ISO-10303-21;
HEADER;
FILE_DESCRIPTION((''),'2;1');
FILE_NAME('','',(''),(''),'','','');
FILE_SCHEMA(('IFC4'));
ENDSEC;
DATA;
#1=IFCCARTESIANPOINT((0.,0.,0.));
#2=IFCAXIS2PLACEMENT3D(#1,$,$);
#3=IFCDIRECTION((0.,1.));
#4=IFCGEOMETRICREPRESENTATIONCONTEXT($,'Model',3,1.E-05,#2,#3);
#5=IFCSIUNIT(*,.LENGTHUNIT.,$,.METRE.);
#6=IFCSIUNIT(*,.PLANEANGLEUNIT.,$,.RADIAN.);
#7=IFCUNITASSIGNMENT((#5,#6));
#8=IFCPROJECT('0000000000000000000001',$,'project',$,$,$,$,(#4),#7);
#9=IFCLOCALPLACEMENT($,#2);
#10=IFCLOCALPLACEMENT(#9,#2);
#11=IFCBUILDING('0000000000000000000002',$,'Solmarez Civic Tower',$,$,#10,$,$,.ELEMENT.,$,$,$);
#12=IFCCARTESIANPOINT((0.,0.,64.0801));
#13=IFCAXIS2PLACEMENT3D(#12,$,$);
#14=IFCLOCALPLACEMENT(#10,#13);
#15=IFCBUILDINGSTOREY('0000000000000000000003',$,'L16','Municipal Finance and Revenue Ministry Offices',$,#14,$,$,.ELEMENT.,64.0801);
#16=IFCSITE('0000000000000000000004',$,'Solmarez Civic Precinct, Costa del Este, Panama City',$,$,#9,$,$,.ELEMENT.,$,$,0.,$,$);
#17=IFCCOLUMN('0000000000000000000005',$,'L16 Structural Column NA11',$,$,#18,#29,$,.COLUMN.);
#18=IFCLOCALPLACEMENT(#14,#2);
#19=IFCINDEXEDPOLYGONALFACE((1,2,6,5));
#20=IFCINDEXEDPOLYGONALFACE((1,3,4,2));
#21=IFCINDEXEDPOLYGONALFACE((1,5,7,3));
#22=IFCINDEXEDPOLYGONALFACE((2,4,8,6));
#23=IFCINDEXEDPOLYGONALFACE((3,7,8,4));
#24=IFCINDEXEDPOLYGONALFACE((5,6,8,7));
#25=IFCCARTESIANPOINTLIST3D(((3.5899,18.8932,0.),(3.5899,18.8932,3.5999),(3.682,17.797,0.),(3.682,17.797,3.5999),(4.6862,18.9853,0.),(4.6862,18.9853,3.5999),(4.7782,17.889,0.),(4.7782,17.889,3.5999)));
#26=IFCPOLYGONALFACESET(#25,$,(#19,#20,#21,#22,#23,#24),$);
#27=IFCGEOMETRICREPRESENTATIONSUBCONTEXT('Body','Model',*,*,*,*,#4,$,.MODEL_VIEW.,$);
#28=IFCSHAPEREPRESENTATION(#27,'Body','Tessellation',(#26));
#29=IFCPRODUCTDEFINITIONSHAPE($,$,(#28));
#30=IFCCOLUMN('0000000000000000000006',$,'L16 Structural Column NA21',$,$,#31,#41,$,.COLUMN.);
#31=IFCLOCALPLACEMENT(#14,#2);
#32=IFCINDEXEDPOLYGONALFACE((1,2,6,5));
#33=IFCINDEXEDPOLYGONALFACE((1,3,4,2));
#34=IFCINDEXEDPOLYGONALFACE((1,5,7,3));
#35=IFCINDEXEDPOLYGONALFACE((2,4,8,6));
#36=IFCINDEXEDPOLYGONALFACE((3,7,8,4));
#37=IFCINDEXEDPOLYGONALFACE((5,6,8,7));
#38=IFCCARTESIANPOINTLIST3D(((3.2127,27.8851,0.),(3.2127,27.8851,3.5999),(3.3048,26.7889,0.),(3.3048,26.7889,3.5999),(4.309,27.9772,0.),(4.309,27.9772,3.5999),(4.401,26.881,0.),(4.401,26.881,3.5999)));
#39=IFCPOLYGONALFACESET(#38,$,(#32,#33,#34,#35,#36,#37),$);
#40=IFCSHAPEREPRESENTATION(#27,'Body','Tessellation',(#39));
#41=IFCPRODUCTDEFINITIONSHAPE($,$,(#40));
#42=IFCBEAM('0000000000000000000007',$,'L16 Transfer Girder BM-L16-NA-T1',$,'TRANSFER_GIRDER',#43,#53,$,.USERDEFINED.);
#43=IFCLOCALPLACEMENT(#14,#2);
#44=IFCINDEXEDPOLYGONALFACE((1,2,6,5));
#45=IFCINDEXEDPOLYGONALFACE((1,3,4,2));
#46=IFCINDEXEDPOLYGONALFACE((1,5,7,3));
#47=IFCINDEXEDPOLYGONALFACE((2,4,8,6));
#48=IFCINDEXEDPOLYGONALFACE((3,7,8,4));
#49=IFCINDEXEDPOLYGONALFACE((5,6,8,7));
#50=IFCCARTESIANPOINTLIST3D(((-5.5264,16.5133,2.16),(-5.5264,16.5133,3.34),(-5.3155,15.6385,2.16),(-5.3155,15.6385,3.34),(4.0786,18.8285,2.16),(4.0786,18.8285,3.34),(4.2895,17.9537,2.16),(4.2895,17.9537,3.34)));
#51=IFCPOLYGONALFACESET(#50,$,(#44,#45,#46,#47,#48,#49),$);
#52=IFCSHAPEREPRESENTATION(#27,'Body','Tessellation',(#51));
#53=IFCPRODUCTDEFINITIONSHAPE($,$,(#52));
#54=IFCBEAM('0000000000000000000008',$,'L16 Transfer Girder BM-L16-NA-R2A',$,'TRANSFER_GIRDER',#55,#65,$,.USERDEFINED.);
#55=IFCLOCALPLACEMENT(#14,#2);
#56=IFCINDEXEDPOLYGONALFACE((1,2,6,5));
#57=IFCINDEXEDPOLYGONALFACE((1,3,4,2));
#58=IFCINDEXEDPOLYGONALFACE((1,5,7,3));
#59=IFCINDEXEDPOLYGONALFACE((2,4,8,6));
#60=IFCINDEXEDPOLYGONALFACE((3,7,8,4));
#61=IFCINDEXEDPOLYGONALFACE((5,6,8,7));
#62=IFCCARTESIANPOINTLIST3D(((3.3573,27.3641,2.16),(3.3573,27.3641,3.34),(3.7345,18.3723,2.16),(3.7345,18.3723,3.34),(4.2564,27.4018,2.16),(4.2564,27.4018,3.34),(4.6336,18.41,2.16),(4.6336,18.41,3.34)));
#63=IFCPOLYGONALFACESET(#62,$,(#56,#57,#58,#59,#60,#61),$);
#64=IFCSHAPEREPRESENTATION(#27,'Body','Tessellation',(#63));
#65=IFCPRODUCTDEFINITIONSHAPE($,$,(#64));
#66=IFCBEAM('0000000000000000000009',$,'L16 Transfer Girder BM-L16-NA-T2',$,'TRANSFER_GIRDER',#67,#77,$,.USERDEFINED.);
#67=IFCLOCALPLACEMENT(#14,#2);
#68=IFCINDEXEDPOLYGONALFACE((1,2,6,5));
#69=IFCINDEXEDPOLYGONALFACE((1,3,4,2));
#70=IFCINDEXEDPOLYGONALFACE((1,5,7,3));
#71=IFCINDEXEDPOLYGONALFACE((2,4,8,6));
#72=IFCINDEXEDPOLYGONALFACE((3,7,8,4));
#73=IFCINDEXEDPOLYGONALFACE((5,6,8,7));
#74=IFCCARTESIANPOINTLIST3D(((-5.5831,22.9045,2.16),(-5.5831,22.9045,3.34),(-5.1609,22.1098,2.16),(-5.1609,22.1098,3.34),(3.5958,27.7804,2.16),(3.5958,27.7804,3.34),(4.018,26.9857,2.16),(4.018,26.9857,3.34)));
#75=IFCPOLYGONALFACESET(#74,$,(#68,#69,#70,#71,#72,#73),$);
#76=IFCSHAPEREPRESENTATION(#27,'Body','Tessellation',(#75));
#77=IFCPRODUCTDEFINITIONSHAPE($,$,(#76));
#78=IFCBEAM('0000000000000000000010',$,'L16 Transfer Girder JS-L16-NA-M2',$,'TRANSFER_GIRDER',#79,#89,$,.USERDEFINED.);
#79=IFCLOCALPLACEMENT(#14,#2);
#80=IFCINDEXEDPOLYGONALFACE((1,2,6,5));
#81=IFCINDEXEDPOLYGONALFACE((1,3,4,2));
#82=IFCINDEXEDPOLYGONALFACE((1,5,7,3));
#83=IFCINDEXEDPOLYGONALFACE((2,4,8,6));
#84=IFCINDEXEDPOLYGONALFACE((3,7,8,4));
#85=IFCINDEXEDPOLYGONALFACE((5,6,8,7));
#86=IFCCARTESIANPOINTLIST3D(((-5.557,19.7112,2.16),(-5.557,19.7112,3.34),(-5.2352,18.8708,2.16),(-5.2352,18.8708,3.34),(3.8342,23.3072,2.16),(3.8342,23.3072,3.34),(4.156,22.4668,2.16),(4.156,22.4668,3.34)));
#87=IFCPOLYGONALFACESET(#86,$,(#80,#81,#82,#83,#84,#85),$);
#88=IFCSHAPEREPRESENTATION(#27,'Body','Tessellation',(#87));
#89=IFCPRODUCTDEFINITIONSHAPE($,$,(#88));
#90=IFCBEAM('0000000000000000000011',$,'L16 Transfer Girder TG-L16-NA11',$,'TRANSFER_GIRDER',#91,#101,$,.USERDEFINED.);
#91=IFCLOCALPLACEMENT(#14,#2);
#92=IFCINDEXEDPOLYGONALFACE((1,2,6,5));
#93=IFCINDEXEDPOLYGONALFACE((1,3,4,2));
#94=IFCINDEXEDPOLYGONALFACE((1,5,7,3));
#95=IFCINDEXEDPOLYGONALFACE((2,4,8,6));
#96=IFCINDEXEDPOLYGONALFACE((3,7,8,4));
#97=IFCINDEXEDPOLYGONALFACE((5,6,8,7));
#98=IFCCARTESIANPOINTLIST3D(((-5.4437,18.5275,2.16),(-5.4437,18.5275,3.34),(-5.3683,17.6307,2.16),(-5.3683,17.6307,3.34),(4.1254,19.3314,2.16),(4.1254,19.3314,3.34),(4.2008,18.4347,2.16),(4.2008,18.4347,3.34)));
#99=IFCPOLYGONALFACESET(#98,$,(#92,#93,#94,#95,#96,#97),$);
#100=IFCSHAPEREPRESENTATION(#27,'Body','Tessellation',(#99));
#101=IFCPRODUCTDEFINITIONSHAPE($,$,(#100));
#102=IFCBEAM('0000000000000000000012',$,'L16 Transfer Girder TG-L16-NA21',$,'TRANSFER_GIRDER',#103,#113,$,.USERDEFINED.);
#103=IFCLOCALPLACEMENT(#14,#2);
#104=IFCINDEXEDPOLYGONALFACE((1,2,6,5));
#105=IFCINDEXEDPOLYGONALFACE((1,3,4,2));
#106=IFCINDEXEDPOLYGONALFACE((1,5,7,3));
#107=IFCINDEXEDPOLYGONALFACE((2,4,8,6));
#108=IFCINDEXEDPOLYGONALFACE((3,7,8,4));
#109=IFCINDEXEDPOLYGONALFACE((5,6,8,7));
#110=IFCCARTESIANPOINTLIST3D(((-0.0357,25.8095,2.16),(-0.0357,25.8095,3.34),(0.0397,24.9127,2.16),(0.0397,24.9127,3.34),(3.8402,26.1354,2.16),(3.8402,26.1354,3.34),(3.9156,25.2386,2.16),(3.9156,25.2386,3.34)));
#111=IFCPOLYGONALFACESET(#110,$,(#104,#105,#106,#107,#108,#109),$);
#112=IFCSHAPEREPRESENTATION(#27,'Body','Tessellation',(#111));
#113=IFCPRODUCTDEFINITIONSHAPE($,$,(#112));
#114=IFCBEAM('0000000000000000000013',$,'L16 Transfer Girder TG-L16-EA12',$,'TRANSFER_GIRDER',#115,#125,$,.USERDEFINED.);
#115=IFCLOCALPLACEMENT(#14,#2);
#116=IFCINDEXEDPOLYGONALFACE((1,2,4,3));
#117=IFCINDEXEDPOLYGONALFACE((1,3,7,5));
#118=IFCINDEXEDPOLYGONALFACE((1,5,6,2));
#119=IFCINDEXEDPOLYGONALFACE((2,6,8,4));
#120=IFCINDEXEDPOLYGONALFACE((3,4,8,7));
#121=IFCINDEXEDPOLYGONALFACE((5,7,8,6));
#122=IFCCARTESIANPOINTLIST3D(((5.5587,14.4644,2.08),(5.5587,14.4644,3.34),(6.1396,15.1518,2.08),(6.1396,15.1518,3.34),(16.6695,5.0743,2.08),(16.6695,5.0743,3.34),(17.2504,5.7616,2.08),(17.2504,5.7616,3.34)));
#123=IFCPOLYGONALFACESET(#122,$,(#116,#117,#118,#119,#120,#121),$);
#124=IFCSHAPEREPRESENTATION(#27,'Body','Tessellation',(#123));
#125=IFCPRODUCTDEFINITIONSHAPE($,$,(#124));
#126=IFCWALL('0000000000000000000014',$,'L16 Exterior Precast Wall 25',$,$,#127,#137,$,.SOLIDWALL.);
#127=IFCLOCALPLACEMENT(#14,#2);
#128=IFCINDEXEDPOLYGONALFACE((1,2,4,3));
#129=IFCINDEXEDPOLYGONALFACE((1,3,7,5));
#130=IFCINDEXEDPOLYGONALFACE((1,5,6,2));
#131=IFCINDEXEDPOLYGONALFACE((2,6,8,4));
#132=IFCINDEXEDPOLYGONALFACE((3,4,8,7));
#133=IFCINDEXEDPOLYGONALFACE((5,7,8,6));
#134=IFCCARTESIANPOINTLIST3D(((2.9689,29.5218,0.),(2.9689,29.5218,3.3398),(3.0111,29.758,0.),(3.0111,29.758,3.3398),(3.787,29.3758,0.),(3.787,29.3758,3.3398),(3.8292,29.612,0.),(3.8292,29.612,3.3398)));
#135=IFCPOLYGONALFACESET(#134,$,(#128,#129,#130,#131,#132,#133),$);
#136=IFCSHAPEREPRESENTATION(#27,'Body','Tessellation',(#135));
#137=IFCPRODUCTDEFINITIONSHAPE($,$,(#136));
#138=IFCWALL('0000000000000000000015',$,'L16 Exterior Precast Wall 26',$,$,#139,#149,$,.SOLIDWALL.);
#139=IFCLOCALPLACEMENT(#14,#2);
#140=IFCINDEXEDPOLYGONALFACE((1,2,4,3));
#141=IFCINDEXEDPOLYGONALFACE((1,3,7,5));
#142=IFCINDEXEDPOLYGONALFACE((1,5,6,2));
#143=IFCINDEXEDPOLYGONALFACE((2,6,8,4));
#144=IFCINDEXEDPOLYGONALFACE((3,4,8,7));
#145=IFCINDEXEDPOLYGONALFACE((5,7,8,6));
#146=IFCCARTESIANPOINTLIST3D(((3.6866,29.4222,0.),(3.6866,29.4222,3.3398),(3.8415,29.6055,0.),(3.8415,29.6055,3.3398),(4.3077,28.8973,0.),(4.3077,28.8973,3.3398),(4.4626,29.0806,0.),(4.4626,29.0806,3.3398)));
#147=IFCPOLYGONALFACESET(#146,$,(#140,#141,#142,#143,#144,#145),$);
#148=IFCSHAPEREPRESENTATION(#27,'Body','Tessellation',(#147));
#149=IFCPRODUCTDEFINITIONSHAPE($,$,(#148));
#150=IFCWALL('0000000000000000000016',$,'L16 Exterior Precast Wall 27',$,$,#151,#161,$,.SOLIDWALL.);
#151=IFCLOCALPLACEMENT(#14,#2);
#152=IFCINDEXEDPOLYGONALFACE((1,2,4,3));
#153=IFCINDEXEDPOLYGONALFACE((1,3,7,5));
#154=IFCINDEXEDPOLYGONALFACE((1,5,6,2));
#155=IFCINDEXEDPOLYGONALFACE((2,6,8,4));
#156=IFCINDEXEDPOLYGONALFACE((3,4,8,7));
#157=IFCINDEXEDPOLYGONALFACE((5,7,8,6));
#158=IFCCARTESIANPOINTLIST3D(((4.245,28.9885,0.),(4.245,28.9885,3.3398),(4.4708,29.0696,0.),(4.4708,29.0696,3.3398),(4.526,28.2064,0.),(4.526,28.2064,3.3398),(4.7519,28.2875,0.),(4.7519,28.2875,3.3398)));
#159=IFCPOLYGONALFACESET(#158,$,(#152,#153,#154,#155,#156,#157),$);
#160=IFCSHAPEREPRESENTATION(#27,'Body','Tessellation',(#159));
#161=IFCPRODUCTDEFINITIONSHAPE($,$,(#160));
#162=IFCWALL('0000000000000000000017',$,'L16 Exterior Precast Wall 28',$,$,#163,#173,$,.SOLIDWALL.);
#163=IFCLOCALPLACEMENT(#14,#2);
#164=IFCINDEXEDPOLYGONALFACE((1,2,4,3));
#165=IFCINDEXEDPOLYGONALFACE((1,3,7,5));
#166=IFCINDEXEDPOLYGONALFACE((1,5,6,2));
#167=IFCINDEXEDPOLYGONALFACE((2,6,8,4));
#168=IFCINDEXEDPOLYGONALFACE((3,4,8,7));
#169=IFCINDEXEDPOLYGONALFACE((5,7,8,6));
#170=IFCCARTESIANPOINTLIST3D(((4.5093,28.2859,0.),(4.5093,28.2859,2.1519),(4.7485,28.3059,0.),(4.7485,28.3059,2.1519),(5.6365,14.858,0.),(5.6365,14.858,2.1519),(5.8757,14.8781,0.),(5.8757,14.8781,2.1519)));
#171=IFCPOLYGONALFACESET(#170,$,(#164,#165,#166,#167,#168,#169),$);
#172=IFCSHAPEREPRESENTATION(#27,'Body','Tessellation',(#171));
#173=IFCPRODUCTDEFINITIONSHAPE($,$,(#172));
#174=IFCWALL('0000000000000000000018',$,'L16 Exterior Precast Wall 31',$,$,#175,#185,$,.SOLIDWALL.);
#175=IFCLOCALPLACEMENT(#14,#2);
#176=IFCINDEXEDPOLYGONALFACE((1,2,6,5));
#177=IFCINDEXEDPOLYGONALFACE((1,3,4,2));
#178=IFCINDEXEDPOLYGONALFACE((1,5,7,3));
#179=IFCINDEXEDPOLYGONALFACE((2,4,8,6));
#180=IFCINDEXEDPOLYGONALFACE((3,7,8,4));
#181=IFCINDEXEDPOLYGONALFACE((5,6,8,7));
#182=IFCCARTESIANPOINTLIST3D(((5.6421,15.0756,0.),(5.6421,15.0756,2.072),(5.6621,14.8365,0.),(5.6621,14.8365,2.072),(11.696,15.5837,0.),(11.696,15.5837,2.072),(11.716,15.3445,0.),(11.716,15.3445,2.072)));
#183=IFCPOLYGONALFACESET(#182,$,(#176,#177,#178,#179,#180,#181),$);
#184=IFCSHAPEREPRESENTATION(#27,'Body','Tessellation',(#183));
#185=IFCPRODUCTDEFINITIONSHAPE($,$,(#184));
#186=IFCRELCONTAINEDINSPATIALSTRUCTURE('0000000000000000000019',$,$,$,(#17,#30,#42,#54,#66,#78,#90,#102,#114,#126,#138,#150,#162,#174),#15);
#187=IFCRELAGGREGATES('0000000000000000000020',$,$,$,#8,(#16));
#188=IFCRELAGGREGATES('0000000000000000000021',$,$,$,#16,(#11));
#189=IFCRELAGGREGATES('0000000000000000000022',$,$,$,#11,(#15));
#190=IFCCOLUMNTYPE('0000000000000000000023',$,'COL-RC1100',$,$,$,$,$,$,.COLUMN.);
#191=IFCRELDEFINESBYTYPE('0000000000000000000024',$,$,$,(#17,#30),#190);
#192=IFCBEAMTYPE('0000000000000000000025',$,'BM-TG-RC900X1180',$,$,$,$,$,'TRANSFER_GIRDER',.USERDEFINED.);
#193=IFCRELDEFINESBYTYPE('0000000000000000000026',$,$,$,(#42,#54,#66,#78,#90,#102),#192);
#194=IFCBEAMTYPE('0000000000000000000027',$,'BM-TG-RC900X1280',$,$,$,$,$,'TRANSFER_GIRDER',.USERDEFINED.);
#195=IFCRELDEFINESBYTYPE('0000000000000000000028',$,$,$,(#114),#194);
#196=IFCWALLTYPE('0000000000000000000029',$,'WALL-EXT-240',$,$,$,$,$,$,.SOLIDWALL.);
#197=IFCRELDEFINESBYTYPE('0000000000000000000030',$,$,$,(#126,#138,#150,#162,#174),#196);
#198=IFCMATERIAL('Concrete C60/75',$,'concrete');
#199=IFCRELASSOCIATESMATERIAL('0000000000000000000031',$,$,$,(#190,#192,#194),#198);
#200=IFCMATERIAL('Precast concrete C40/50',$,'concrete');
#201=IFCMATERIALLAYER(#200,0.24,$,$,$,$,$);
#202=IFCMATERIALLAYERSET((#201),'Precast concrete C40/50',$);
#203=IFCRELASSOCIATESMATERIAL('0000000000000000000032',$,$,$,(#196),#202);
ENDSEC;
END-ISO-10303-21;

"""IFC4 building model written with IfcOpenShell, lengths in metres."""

from ifc_helpers import new_model, si_unit, direction, frame, frame_2d, origin, origin_2d, place, context, subcontext, project, spatial, rectangle, extrude, material, layer, layer_set, material_profile, profile_set, type_object, element, save


model = new_model("IFC4")

# Units and contexts
model_context = context("Model", 3, precision=1e-05, world=origin(), true_north=direction((0.0, 1.0)))
body_context = subcontext(model_context, "Body", "Model", "MODEL_VIEW")
ifc_project = project(units=[si_unit("LENGTHUNIT", "METRE"), si_unit("PLANEANGLEUNIT", "RADIAN")], contexts=[model_context])

# Site, building, storey
site_placement = place(None, origin())
site = spatial("IfcSite", under=ifc_project, at=site_placement, Name="Solmarez Civic Precinct, Costa del Este, Panama City", CompositionType="ELEMENT", RefElevation=0.0)
building_placement = place(site_placement, origin())
building = spatial("IfcBuilding", under=site, at=building_placement, Name="Solmarez Civic Tower", CompositionType="ELEMENT")
storey_placement = place(building_placement, frame((0.0, 0.0, 64.0801)))
storey = spatial("IfcBuildingStorey", under=building, at=storey_placement, Name="L16", Description="Municipal Finance and Revenue Ministry Offices", CompositionType="ELEMENT", Elevation=64.0801)

# Columns
ifc_material_1 = material(Name="Concrete C60/75", Category="concrete")
ifc_material_profile_1 = material_profile(ifc_material_1, rectangle(XDim=1.1001, YDim=1.1001, at=origin_2d()), Name="RC1100X1100")
ifc_profile_set_1 = profile_set([ifc_material_profile_1], Name="Concrete C60/75")
column_type = type_object("IfcColumnType", Name="COL-RC1100", PredefinedType="COLUMN", material=ifc_profile_set_1)
for number, where, z_axis, x_axis, name in (
    (1, (4.1841, 18.3911, 0.0), (0.0, 0.0, 1.0), (0.996493, 0.083678, 0.0), "L16 Structural Column NA11"),
    (2, (3.8069, 27.3831, 0.0), (0.0, 0.0, 1.0), (0.996493, 0.083678, 0.0), "L16 Structural Column NA21"),
):
    element("IfcColumn", number, at=place(storey_placement, frame(where, z_axis=z_axis, x_axis=x_axis)), inside=storey, type_object=column_type, Name=name, PredefinedType="COLUMN", context=body_context, shape_type="SweptSolid", body=[
        extrude(rectangle(XDim=1.1001, YDim=1.1001, at=origin_2d()), origin(), (0.0, 0.0, 1.0), 3.5999),
    ])

# Beams
ifc_material_profile_2 = material_profile(ifc_material_1, rectangle(XDim=0.8999, YDim=1.1799, at=origin_2d()), Name="RC900X1180")
ifc_profile_set_2 = profile_set([ifc_material_profile_2], Name="Concrete C60/75")
beam_type_1 = type_object("IfcBeamType", Name="BM-TG-RC900X1180", ElementType="TRANSFER_GIRDER", PredefinedType="USERDEFINED", material=ifc_profile_set_2)
beam_1_placement = place(storey_placement, frame((4.1841, 18.3911, 2.75), z_axis=(-0.972157, -0.234329, 0.0), x_axis=(0.234329, -0.972157, 0.0)))
element("IfcBeam", 3, at=beam_1_placement, inside=storey, type_object=beam_type_1, Name="L16 Transfer Girder BM-L16-NA-T1", ObjectType="TRANSFER_GIRDER", PredefinedType="USERDEFINED", context=body_context, shape_type="SweptSolid", body=[
    extrude(rectangle(XDim=0.8999, YDim=1.1799, at=origin_2d()), origin(), (0.0, 0.0, 1.0), 9.8801),
])
beam_2_placement = place(storey_placement, frame((4.1841, 18.3911, 2.75), z_axis=(-0.041911, 0.999121, 0.0), x_axis=(-0.999121, -0.041911, 0.0)))
element("IfcBeam", 4, at=beam_2_placement, inside=storey, type_object=beam_type_1, Name="L16 Transfer Girder BM-L16-NA-R2A", ObjectType="TRANSFER_GIRDER", PredefinedType="USERDEFINED", context=body_context, shape_type="SweptSolid", body=[
    extrude(rectangle(XDim=0.8999, YDim=1.1799, at=origin_2d()), origin(), (0.0, 0.0, 1.0), 8.9998),
])
beam_3_placement = place(storey_placement, frame((3.8069, 27.3831, 2.75), z_axis=(-0.883129, -0.469129, 0.0), x_axis=(0.469129, -0.883129, 0.0)))
element("IfcBeam", 5, at=beam_3_placement, inside=storey, type_object=beam_type_1, Name="L16 Transfer Girder BM-L16-NA-T2", ObjectType="TRANSFER_GIRDER", PredefinedType="USERDEFINED", context=body_context, shape_type="SweptSolid", body=[
    extrude(rectangle(XDim=0.8999, YDim=1.1799, at=origin_2d()), origin(), (0.0, 0.0, 1.0), 10.3936),
])
beam_4_placement = place(storey_placement, frame((3.9951, 22.887, 2.75), z_axis=(-0.933878, -0.357591, 0.0), x_axis=(0.357591, -0.933878, 0.0)))
element("IfcBeam", 6, at=beam_4_placement, inside=storey, type_object=beam_type_1, Name="L16 Transfer Girder JS-L16-NA-M2", ObjectType="TRANSFER_GIRDER", PredefinedType="USERDEFINED", context=body_context, shape_type="SweptSolid", body=[
    extrude(rectangle(XDim=0.8999, YDim=1.1799, at=origin_2d()), origin(), (0.0, 0.0, 1.0), 10.0562),
])
beam_5_placement = place(storey_placement, frame((4.1631, 18.8831, 2.75), z_axis=(-0.996489, -0.083721, 0.0), x_axis=(0.083721, -0.996489, 0.0)))
element("IfcBeam", 7, at=beam_5_placement, inside=storey, type_object=beam_type_1, Name="L16 Transfer Girder TG-L16-NA11", ObjectType="TRANSFER_GIRDER", PredefinedType="USERDEFINED", context=body_context, shape_type="SweptSolid", body=[
    extrude(rectangle(XDim=0.8999, YDim=1.1799, at=origin_2d()), origin(), (0.0, 0.0, 1.0), 9.6028),
])
beam_6_placement = place(storey_placement, frame((3.8779, 25.687, 2.75), z_axis=(-0.996483, -0.083793, 0.0), x_axis=(0.083793, -0.996483, 0.0)))
element("IfcBeam", 8, at=beam_6_placement, inside=storey, type_object=beam_type_1, Name="L16 Transfer Girder TG-L16-NA21", ObjectType="TRANSFER_GIRDER", PredefinedType="USERDEFINED", context=body_context, shape_type="SweptSolid", body=[
    extrude(rectangle(XDim=0.8999, YDim=1.1799, at=origin_2d()), origin(), (0.0, 0.0, 1.0), 3.8896),
])
ifc_material_profile_3 = material_profile(ifc_material_1, rectangle(XDim=0.8999, YDim=1.26, at=origin_2d()), Name="RC900X1280")
ifc_profile_set_3 = profile_set([ifc_material_profile_3], Name="Concrete C60/75")
beam_type_2 = type_object("IfcBeamType", Name="BM-TG-RC900X1280", ElementType="TRANSFER_GIRDER", PredefinedType="USERDEFINED", material=ifc_profile_set_3)
beam_7_placement = place(storey_placement, frame((5.8491, 14.8081, 2.71), z_axis=(0.763771, -0.645488, 0.0), x_axis=(0.645488, 0.763771, 0.0)))
element("IfcBeam", 9, at=beam_7_placement, inside=storey, type_object=beam_type_2, Name="L16 Transfer Girder TG-L16-EA12", ObjectType="TRANSFER_GIRDER", PredefinedType="USERDEFINED", context=body_context, shape_type="SweptSolid", body=[
    extrude(rectangle(XDim=0.8999, YDim=1.26, at=origin_2d()), origin(), (0.0, 0.0, 1.0), 14.5474),
])

# Walls
ifc_material_2 = material(Name="Precast concrete C40/50", Category="concrete")
ifc_layer_1 = layer(ifc_material_2, 0.24)
ifc_layer_set_1 = layer_set([ifc_layer_1], Name="Precast concrete C40/50")
wall_type_1 = type_object("IfcWallType", Name="WALL-EXT-240", PredefinedType="SOLIDWALL", material=ifc_layer_set_1)
wall_1_placement = place(storey_placement, frame((2.99, 29.6399, 0.0), z_axis=(0.0, 0.0, 1.0), x_axis=(0.984448, -0.175679, 0.0)))
element("IfcWall", 10, at=wall_1_placement, inside=storey, type_object=wall_type_1, Name="L16 Exterior Precast Wall 25", PredefinedType="SOLIDWALL", context=body_context, shape_type="SweptSolid", body=[
    extrude(rectangle(XDim=0.8311, YDim=0.24, at=frame_2d((0.4155, 0.0))), origin(), (0.0, 0.0, 1.0), 3.3398),
])
wall_2_placement = place(storey_placement, frame((3.7639, 29.5139, 0.0), z_axis=(0.0, 0.0, 1.0), x_axis=(0.763773, -0.645485, 0.0)))
element("IfcWall", 11, at=wall_2_placement, inside=storey, type_object=wall_type_1, Name="L16 Exterior Precast Wall 26", PredefinedType="SOLIDWALL", context=body_context, shape_type="SweptSolid", body=[
    extrude(rectangle(XDim=0.8132, YDim=0.24, at=frame_2d((0.4067, 0.0))), origin(), (0.0, 0.0, 1.0), 3.3398),
])
wall_3_placement = place(storey_placement, frame((4.3579, 29.0291, 0.0), z_axis=(0.0, 0.0, 1.0), x_axis=(0.338178, -0.941082, 0.0)))
element("IfcWall", 12, at=wall_3_placement, inside=storey, type_object=wall_type_1, Name="L16 Exterior Precast Wall 27", PredefinedType="SOLIDWALL", context=body_context, shape_type="SweptSolid", body=[
    extrude(rectangle(XDim=0.8311, YDim=0.24, at=frame_2d((0.4155, 0.0))), origin(), (0.0, 0.0, 1.0), 3.3398),
])
wall_4_placement = place(storey_placement, frame((4.6289, 28.2959, 0.0), z_axis=(0.0, 0.0, 1.0), x_axis=(0.08365, -0.996495, 0.0)))
element("IfcWall", 13, at=wall_4_placement, inside=storey, type_object=wall_type_1, Name="L16 Exterior Precast Wall 28", PredefinedType="SOLIDWALL", context=body_context, shape_type="SweptSolid", body=[
    extrude(rectangle(XDim=13.4751, YDim=0.24, at=frame_2d((6.7375, 0.0))), origin(), (0.0, 0.0, 1.0), 2.1519),
])
wall_5_placement = place(storey_placement, frame((5.6521, 14.9561, 0.0), z_axis=(0.0, 0.0, 1.0), x_axis=(0.996497, 0.083627, 0.0)))
element("IfcWall", 14, at=wall_5_placement, inside=storey, type_object=wall_type_1, Name="L16 Exterior Precast Wall 31", PredefinedType="SOLIDWALL", context=body_context, shape_type="SweptSolid", body=[
    extrude(rectangle(XDim=6.0752, YDim=0.24, at=frame_2d((3.0376, 0.0))), origin(), (0.0, 0.0, 1.0), 2.072),
])

save(model, "model.ifc")
